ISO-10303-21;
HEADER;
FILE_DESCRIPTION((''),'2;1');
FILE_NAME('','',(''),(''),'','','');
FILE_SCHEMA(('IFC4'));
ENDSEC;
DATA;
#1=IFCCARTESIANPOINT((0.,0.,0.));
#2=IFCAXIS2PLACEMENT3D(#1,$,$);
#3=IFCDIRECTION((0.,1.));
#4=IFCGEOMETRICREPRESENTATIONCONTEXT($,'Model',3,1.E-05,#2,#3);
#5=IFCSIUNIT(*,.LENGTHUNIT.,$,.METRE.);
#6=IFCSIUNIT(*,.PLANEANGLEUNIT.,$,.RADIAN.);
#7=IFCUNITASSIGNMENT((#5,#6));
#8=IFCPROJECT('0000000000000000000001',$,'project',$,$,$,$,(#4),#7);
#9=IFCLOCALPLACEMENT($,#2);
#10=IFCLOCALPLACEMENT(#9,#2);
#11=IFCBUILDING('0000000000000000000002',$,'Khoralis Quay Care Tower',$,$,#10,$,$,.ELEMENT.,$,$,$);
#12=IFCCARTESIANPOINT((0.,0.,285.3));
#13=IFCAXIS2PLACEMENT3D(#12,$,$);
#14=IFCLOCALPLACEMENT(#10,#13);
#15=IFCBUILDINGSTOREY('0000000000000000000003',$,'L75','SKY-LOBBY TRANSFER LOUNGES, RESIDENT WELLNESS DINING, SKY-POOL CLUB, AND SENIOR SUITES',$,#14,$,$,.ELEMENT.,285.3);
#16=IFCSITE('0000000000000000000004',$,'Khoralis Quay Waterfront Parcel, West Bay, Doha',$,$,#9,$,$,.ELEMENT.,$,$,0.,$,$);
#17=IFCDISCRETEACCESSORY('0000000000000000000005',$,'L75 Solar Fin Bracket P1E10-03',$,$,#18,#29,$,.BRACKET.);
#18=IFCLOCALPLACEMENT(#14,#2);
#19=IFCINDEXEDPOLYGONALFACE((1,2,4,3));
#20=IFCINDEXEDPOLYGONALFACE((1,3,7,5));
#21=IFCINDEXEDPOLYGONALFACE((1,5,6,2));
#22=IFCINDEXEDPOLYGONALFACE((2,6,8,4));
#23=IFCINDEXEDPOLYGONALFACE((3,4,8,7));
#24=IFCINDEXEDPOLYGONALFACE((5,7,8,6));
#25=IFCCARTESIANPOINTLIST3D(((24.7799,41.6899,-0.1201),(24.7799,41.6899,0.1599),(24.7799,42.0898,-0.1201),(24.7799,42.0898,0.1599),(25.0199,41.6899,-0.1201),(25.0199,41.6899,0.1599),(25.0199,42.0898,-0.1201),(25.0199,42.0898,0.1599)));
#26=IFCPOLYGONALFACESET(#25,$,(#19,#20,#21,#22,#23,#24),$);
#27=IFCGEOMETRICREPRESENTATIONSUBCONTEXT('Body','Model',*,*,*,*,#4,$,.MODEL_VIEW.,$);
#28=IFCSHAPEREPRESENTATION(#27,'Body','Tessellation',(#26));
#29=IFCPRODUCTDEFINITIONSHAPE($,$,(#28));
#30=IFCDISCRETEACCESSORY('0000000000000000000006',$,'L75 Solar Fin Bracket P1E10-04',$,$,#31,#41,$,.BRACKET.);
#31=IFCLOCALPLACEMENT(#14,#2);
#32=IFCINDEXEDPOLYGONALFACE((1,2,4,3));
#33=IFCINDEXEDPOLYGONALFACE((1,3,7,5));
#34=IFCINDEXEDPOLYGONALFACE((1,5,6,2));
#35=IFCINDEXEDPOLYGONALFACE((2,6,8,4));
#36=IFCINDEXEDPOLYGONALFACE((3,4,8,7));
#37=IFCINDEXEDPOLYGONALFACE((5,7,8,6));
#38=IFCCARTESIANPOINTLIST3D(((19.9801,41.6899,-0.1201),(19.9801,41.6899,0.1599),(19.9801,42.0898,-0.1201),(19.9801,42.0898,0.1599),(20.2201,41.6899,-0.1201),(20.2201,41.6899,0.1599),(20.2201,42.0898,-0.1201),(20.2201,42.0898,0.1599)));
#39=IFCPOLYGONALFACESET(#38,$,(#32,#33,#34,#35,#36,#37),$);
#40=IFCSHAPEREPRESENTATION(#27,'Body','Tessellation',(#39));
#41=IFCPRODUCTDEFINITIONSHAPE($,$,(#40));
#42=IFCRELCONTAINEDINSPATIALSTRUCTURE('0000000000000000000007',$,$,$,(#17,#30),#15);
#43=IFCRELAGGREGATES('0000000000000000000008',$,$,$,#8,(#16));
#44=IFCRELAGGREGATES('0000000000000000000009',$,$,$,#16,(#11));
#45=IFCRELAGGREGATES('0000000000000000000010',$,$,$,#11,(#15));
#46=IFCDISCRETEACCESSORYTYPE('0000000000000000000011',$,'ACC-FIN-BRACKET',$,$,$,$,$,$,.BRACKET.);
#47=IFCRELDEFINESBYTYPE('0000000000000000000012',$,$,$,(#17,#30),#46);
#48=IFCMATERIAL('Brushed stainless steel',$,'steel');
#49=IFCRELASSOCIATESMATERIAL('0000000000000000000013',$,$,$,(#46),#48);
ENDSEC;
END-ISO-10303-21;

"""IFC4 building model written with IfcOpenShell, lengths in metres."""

from ifc_helpers import new_model, si_unit, direction, frame, origin, origin_2d, place, context, subcontext, project, spatial, rectangle, extrude, source, transform, mapped, material, type_object, element, save


model = new_model("IFC4")

# Units and contexts
model_context = context("Model", 3, precision=1e-05, world=origin(), true_north=direction((0.0, 1.0)))
body_context = subcontext(model_context, "Body", "Model", "MODEL_VIEW")
ifc_project = project(units=[si_unit("LENGTHUNIT", "METRE"), si_unit("PLANEANGLEUNIT", "RADIAN")], contexts=[model_context])

# Site, building, storey
site_placement = place(None, origin())
site = spatial("IfcSite", under=ifc_project, at=site_placement, Name="Khoralis Quay Waterfront Parcel, West Bay, Doha", CompositionType="ELEMENT", RefElevation=0.0)
building_placement = place(site_placement, origin())
building = spatial("IfcBuilding", under=site, at=building_placement, Name="Khoralis Quay Care Tower", CompositionType="ELEMENT")
storey_placement = place(building_placement, frame((0.0, 0.0, 285.3)))
storey = spatial("IfcBuildingStorey", under=building, at=storey_placement, Name="L75", Description="SKY-LOBBY TRANSFER LOUNGES, RESIDENT WELLNESS DINING, SKY-POOL CLUB, AND SENIOR SUITES", CompositionType="ELEMENT", Elevation=285.3)

# Discrete accessories
ifc_material_1 = material(Name="Brushed stainless steel", Category="steel")
discrete_accessory_type = type_object("IfcDiscreteAccessoryType", Name="ACC-FIN-BRACKET", PredefinedType="BRACKET", material=ifc_material_1)
shared_shape_1 = source(origin(), body_context, "Body", "SweptSolid", [
    extrude(rectangle(XDim=0.3999, YDim=0.24, at=origin_2d()), origin(), (0.0, 0.0, 1.0), 0.28),
])
for number, where, z_axis, x_axis, name in (
    (1, (24.8999, 41.8899, -0.1201), (0.0, 0.0, 1.0), (0.0, 1.0, 0.0), "L75 Solar Fin Bracket P1E10-03"),
    (2, (20.1001, 41.8899, -0.1201), (0.0, 0.0, 1.0), (0.0, 1.0, 0.0), "L75 Solar Fin Bracket P1E10-04"),
):
    element("IfcDiscreteAccessory", number, at=place(storey_placement, frame(where, z_axis=z_axis, x_axis=x_axis)), inside=storey, type_object=discrete_accessory_type, Name=name, PredefinedType="BRACKET", context=body_context, shape_type="MappedRepresentation", body=[
        mapped(shared_shape_1, transform((0.0, 0.0, 0.0), scale=1.0)),
    ])

save(model, "model.ifc")
